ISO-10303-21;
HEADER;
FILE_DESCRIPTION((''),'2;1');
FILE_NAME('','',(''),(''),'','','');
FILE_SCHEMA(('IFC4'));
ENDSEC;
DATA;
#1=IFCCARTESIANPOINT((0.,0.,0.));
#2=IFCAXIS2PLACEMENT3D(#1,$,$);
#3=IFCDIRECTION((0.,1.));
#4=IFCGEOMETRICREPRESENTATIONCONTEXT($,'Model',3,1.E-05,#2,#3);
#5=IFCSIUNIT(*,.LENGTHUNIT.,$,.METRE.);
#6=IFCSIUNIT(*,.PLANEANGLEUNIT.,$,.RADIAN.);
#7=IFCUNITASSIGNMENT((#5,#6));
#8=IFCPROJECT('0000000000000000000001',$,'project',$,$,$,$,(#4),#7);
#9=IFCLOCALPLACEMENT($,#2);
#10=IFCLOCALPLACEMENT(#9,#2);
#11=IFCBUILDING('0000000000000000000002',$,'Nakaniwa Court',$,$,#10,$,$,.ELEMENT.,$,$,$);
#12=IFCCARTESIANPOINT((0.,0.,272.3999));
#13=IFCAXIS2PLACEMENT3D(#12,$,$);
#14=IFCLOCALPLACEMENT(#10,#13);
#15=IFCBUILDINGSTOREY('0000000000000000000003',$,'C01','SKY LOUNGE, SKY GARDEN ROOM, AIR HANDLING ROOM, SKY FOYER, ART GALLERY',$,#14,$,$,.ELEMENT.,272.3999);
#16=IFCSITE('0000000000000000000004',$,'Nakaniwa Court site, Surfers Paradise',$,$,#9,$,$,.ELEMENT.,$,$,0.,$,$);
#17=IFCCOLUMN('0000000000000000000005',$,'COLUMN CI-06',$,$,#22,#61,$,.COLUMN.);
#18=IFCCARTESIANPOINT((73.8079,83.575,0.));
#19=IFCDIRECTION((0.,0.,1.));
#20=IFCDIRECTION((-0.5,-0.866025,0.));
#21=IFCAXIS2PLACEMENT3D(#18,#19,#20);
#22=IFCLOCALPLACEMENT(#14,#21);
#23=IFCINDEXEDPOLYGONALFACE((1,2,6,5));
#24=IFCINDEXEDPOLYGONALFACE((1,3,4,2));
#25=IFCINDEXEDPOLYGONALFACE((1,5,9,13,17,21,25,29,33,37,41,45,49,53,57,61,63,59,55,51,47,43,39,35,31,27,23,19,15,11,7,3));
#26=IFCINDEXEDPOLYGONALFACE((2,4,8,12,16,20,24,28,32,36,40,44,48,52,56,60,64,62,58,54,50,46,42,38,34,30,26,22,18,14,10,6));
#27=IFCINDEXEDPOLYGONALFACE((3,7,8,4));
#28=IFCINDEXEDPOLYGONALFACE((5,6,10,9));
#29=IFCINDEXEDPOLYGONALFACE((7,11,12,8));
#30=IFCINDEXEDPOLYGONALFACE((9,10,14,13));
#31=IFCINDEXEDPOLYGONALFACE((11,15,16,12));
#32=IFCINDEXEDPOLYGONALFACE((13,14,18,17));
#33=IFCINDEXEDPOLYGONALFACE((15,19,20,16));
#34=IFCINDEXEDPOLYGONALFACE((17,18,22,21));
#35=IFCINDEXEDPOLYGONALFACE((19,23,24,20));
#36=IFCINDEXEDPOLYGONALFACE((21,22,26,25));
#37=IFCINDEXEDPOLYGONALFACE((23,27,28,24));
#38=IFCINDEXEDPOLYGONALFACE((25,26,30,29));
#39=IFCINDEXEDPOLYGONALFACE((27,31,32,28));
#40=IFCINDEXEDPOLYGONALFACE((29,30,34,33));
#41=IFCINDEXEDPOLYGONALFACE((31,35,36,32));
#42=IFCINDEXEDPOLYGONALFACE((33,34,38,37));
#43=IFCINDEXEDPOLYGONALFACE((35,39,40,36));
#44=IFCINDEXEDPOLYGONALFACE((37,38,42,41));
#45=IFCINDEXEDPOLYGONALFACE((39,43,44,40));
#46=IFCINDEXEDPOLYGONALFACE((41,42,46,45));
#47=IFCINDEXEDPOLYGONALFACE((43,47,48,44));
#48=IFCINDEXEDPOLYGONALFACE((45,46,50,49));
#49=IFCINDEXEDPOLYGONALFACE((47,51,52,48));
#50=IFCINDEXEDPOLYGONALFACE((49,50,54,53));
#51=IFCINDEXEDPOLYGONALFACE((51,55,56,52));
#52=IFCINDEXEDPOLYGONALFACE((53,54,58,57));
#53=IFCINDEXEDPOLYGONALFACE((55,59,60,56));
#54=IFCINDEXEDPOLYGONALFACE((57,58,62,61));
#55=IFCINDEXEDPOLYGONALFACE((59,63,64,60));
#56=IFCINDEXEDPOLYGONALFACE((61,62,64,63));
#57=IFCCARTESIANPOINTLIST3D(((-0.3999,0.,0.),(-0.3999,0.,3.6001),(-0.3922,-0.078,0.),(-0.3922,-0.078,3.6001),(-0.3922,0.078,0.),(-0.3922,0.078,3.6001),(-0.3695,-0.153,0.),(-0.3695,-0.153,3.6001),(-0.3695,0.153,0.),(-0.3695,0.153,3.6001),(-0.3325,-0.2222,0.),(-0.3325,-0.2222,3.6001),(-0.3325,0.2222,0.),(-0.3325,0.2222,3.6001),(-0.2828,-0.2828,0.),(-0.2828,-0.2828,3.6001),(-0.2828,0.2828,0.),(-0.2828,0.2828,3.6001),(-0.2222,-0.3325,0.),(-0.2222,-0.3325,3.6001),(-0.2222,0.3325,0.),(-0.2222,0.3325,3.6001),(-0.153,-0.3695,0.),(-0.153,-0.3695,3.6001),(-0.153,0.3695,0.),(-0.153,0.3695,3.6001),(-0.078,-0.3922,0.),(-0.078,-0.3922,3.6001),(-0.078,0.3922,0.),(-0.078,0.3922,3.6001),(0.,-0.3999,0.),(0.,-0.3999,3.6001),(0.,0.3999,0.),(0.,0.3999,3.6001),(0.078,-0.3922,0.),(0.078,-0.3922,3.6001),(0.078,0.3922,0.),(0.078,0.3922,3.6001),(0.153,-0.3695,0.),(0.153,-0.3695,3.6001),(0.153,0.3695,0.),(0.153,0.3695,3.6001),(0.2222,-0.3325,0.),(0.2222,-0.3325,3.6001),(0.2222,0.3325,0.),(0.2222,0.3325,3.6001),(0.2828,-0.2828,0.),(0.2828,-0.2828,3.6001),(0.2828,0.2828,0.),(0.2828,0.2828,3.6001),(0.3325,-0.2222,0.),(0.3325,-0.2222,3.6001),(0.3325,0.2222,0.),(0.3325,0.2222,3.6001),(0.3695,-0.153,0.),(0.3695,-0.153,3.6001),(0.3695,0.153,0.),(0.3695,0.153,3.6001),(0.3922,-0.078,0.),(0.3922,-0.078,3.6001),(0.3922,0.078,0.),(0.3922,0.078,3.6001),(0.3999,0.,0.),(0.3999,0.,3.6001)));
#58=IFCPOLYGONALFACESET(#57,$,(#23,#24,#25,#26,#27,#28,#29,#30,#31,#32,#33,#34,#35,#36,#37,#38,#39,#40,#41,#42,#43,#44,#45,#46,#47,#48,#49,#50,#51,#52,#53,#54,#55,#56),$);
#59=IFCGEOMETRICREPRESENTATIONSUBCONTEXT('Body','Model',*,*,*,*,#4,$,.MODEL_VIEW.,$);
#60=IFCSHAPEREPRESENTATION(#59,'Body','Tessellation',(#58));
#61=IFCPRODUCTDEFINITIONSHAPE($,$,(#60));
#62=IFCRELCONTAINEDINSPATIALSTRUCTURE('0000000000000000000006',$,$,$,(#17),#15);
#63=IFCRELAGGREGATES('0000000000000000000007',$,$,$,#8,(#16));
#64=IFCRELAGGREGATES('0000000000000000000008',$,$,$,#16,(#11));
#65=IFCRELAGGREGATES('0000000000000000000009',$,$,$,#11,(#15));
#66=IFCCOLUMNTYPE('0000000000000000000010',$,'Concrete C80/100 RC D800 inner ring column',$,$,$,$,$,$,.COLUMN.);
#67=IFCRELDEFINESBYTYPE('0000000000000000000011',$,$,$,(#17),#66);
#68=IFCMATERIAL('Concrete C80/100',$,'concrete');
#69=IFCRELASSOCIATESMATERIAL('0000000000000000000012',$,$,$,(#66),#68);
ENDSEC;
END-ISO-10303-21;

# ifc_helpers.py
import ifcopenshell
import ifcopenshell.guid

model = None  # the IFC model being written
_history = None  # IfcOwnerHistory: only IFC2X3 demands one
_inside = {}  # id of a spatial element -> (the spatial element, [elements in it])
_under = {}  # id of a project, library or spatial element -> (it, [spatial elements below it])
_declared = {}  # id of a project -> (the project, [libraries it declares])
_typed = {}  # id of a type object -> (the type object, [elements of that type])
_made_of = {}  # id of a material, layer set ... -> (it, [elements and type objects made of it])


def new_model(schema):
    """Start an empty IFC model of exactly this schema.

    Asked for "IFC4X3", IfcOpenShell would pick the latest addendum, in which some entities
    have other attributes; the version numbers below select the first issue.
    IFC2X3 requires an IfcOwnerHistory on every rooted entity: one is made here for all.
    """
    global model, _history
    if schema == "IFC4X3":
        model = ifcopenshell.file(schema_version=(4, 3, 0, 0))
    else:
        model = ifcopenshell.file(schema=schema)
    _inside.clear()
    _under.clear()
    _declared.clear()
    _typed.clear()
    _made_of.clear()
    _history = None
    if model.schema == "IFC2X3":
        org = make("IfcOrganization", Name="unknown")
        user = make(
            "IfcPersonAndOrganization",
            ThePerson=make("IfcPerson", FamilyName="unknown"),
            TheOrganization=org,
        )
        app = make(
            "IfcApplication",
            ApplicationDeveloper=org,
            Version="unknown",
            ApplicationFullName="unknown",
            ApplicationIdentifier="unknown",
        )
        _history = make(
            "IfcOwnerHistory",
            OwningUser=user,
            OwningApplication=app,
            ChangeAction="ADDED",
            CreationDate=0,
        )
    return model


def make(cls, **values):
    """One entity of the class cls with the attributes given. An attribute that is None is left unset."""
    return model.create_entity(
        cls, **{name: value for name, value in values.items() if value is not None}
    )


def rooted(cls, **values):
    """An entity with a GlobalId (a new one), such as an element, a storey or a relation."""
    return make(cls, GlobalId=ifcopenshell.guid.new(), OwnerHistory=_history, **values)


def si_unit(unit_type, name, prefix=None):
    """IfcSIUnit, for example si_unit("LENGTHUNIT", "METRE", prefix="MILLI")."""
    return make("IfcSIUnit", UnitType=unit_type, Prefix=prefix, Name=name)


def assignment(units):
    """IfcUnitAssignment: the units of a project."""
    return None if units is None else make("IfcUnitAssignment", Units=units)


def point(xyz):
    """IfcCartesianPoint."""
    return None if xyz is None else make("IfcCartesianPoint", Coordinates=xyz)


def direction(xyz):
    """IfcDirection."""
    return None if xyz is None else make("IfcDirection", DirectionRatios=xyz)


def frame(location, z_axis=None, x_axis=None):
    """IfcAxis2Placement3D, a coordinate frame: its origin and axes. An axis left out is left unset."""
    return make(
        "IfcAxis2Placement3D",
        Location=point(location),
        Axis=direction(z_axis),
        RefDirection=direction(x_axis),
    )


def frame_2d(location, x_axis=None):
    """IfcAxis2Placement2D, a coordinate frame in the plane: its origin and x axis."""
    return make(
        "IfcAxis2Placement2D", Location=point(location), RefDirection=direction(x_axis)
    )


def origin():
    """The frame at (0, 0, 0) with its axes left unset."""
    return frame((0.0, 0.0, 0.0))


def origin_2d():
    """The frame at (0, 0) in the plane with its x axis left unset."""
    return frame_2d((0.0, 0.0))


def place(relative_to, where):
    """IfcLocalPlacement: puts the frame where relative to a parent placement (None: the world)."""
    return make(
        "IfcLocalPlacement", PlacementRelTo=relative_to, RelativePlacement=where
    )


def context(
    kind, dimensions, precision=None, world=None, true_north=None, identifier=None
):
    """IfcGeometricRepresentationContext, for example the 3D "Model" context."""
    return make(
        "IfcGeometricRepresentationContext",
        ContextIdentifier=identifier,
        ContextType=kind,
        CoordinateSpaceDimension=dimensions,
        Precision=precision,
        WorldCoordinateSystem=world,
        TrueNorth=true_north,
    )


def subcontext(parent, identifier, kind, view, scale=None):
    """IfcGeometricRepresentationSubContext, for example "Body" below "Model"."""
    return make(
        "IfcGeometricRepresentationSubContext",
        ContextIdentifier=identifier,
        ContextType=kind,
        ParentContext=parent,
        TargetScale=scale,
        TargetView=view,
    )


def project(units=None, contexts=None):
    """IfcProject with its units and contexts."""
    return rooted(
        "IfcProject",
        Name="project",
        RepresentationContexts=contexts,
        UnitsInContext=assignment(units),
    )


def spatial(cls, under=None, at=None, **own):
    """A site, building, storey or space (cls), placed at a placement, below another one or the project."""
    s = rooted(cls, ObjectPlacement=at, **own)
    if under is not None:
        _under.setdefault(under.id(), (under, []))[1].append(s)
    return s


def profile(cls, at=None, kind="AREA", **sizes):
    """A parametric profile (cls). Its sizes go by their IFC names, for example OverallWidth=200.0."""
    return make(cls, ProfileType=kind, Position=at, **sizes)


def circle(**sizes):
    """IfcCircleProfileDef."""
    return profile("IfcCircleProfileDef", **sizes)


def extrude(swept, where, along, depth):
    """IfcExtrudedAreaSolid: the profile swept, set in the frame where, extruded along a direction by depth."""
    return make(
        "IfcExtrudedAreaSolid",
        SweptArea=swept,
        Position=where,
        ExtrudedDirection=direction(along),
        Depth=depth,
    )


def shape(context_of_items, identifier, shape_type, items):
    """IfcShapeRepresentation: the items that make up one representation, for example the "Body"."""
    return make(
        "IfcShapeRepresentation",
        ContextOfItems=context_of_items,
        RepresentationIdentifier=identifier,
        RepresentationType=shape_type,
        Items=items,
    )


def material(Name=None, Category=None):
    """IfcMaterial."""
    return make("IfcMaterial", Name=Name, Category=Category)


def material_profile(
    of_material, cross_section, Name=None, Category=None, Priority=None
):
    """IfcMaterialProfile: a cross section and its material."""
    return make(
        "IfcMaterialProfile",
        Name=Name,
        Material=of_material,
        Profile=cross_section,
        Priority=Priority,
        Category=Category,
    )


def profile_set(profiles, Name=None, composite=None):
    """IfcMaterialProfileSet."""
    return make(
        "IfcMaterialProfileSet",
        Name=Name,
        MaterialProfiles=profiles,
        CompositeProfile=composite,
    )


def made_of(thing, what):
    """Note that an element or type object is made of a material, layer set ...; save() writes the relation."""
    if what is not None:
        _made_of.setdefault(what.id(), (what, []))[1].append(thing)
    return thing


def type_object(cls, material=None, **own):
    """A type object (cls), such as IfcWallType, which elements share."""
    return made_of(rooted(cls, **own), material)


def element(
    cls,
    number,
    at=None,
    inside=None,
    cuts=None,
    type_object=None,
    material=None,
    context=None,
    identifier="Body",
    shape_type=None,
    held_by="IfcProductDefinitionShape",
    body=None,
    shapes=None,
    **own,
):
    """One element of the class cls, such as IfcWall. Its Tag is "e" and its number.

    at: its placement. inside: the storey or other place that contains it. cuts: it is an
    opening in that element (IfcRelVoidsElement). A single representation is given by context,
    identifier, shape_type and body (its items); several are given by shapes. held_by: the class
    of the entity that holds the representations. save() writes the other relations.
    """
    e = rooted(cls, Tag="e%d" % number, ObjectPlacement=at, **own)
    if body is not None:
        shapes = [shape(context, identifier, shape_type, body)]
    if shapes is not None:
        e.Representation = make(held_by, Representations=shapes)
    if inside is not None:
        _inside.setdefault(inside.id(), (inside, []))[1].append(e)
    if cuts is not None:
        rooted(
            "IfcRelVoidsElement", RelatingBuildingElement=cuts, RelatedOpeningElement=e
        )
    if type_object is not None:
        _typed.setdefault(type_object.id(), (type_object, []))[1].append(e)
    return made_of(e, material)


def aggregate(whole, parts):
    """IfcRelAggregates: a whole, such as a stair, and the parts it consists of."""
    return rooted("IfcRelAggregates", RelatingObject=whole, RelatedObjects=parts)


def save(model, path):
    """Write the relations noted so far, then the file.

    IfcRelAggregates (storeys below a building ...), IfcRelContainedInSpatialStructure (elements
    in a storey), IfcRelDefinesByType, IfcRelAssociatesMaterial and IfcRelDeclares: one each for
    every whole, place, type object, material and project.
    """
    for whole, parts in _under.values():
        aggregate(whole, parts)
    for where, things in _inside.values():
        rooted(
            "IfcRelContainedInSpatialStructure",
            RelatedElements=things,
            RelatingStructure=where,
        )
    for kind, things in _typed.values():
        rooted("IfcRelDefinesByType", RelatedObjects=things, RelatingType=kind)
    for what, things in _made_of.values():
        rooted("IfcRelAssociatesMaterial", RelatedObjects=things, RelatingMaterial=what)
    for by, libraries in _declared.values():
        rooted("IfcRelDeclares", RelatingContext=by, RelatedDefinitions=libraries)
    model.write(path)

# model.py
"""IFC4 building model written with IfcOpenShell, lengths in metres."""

from ifc_helpers import new_model, si_unit, direction, frame, origin, origin_2d, place, context, subcontext, project, spatial, circle, extrude, material, material_profile, profile_set, type_object, element, save


model = new_model("IFC4")

# Units and contexts
model_context = context("Model", 3, precision=1e-05, world=origin(), true_north=direction((0.0, 1.0)))
body_context = subcontext(model_context, "Body", "Model", "MODEL_VIEW")
ifc_project = project(units=[si_unit("LENGTHUNIT", "METRE"), si_unit("PLANEANGLEUNIT", "RADIAN")], contexts=[model_context])

# Site, building, storey
site_placement = place(None, origin())
site = spatial("IfcSite", under=ifc_project, at=site_placement, Name="Nakaniwa Court site, Surfers Paradise", CompositionType="ELEMENT", RefElevation=0.0)
building_placement = place(site_placement, origin())
building = spatial("IfcBuilding", under=site, at=building_placement, Name="Nakaniwa Court", CompositionType="ELEMENT")
storey_placement = place(building_placement, frame((0.0, 0.0, 272.3999)))
storey = spatial("IfcBuildingStorey", under=building, at=storey_placement, Name="C01", Description="SKY LOUNGE, SKY GARDEN ROOM, AIR HANDLING ROOM, SKY FOYER, ART GALLERY", CompositionType="ELEMENT", Elevation=272.3999)

# Column
ifc_material_1 = material(Name="Concrete C80/100", Category="concrete")
ifc_material_profile_1 = material_profile(ifc_material_1, circle(Radius=0.3999, at=origin_2d()), Name="Concrete C80/100 RC D800 inner ring column")
ifc_profile_set_1 = profile_set([ifc_material_profile_1], Name="Concrete C80/100")
column_type_1 = type_object("IfcColumnType", Name="Concrete C80/100 RC D800 inner ring column", PredefinedType="COLUMN", material=ifc_profile_set_1)
for number, where, z_axis, x_axis, name in (
    (1, (73.8079, 83.575, 0.0), (0.0, 0.0, 1.0), (-0.5, -0.866025, 0.0), "COLUMN CI-06"),
):
    element("IfcColumn", number, at=place(storey_placement, frame(where, z_axis=z_axis, x_axis=x_axis)), inside=storey, type_object=column_type_1, Name=name, PredefinedType="COLUMN", context=body_context, shape_type="SweptSolid", body=[
        extrude(circle(Radius=0.3999, at=origin_2d()), origin(), (0.0, 0.0, 1.0), 3.6001),
    ])

save(model, "model.ifc")
